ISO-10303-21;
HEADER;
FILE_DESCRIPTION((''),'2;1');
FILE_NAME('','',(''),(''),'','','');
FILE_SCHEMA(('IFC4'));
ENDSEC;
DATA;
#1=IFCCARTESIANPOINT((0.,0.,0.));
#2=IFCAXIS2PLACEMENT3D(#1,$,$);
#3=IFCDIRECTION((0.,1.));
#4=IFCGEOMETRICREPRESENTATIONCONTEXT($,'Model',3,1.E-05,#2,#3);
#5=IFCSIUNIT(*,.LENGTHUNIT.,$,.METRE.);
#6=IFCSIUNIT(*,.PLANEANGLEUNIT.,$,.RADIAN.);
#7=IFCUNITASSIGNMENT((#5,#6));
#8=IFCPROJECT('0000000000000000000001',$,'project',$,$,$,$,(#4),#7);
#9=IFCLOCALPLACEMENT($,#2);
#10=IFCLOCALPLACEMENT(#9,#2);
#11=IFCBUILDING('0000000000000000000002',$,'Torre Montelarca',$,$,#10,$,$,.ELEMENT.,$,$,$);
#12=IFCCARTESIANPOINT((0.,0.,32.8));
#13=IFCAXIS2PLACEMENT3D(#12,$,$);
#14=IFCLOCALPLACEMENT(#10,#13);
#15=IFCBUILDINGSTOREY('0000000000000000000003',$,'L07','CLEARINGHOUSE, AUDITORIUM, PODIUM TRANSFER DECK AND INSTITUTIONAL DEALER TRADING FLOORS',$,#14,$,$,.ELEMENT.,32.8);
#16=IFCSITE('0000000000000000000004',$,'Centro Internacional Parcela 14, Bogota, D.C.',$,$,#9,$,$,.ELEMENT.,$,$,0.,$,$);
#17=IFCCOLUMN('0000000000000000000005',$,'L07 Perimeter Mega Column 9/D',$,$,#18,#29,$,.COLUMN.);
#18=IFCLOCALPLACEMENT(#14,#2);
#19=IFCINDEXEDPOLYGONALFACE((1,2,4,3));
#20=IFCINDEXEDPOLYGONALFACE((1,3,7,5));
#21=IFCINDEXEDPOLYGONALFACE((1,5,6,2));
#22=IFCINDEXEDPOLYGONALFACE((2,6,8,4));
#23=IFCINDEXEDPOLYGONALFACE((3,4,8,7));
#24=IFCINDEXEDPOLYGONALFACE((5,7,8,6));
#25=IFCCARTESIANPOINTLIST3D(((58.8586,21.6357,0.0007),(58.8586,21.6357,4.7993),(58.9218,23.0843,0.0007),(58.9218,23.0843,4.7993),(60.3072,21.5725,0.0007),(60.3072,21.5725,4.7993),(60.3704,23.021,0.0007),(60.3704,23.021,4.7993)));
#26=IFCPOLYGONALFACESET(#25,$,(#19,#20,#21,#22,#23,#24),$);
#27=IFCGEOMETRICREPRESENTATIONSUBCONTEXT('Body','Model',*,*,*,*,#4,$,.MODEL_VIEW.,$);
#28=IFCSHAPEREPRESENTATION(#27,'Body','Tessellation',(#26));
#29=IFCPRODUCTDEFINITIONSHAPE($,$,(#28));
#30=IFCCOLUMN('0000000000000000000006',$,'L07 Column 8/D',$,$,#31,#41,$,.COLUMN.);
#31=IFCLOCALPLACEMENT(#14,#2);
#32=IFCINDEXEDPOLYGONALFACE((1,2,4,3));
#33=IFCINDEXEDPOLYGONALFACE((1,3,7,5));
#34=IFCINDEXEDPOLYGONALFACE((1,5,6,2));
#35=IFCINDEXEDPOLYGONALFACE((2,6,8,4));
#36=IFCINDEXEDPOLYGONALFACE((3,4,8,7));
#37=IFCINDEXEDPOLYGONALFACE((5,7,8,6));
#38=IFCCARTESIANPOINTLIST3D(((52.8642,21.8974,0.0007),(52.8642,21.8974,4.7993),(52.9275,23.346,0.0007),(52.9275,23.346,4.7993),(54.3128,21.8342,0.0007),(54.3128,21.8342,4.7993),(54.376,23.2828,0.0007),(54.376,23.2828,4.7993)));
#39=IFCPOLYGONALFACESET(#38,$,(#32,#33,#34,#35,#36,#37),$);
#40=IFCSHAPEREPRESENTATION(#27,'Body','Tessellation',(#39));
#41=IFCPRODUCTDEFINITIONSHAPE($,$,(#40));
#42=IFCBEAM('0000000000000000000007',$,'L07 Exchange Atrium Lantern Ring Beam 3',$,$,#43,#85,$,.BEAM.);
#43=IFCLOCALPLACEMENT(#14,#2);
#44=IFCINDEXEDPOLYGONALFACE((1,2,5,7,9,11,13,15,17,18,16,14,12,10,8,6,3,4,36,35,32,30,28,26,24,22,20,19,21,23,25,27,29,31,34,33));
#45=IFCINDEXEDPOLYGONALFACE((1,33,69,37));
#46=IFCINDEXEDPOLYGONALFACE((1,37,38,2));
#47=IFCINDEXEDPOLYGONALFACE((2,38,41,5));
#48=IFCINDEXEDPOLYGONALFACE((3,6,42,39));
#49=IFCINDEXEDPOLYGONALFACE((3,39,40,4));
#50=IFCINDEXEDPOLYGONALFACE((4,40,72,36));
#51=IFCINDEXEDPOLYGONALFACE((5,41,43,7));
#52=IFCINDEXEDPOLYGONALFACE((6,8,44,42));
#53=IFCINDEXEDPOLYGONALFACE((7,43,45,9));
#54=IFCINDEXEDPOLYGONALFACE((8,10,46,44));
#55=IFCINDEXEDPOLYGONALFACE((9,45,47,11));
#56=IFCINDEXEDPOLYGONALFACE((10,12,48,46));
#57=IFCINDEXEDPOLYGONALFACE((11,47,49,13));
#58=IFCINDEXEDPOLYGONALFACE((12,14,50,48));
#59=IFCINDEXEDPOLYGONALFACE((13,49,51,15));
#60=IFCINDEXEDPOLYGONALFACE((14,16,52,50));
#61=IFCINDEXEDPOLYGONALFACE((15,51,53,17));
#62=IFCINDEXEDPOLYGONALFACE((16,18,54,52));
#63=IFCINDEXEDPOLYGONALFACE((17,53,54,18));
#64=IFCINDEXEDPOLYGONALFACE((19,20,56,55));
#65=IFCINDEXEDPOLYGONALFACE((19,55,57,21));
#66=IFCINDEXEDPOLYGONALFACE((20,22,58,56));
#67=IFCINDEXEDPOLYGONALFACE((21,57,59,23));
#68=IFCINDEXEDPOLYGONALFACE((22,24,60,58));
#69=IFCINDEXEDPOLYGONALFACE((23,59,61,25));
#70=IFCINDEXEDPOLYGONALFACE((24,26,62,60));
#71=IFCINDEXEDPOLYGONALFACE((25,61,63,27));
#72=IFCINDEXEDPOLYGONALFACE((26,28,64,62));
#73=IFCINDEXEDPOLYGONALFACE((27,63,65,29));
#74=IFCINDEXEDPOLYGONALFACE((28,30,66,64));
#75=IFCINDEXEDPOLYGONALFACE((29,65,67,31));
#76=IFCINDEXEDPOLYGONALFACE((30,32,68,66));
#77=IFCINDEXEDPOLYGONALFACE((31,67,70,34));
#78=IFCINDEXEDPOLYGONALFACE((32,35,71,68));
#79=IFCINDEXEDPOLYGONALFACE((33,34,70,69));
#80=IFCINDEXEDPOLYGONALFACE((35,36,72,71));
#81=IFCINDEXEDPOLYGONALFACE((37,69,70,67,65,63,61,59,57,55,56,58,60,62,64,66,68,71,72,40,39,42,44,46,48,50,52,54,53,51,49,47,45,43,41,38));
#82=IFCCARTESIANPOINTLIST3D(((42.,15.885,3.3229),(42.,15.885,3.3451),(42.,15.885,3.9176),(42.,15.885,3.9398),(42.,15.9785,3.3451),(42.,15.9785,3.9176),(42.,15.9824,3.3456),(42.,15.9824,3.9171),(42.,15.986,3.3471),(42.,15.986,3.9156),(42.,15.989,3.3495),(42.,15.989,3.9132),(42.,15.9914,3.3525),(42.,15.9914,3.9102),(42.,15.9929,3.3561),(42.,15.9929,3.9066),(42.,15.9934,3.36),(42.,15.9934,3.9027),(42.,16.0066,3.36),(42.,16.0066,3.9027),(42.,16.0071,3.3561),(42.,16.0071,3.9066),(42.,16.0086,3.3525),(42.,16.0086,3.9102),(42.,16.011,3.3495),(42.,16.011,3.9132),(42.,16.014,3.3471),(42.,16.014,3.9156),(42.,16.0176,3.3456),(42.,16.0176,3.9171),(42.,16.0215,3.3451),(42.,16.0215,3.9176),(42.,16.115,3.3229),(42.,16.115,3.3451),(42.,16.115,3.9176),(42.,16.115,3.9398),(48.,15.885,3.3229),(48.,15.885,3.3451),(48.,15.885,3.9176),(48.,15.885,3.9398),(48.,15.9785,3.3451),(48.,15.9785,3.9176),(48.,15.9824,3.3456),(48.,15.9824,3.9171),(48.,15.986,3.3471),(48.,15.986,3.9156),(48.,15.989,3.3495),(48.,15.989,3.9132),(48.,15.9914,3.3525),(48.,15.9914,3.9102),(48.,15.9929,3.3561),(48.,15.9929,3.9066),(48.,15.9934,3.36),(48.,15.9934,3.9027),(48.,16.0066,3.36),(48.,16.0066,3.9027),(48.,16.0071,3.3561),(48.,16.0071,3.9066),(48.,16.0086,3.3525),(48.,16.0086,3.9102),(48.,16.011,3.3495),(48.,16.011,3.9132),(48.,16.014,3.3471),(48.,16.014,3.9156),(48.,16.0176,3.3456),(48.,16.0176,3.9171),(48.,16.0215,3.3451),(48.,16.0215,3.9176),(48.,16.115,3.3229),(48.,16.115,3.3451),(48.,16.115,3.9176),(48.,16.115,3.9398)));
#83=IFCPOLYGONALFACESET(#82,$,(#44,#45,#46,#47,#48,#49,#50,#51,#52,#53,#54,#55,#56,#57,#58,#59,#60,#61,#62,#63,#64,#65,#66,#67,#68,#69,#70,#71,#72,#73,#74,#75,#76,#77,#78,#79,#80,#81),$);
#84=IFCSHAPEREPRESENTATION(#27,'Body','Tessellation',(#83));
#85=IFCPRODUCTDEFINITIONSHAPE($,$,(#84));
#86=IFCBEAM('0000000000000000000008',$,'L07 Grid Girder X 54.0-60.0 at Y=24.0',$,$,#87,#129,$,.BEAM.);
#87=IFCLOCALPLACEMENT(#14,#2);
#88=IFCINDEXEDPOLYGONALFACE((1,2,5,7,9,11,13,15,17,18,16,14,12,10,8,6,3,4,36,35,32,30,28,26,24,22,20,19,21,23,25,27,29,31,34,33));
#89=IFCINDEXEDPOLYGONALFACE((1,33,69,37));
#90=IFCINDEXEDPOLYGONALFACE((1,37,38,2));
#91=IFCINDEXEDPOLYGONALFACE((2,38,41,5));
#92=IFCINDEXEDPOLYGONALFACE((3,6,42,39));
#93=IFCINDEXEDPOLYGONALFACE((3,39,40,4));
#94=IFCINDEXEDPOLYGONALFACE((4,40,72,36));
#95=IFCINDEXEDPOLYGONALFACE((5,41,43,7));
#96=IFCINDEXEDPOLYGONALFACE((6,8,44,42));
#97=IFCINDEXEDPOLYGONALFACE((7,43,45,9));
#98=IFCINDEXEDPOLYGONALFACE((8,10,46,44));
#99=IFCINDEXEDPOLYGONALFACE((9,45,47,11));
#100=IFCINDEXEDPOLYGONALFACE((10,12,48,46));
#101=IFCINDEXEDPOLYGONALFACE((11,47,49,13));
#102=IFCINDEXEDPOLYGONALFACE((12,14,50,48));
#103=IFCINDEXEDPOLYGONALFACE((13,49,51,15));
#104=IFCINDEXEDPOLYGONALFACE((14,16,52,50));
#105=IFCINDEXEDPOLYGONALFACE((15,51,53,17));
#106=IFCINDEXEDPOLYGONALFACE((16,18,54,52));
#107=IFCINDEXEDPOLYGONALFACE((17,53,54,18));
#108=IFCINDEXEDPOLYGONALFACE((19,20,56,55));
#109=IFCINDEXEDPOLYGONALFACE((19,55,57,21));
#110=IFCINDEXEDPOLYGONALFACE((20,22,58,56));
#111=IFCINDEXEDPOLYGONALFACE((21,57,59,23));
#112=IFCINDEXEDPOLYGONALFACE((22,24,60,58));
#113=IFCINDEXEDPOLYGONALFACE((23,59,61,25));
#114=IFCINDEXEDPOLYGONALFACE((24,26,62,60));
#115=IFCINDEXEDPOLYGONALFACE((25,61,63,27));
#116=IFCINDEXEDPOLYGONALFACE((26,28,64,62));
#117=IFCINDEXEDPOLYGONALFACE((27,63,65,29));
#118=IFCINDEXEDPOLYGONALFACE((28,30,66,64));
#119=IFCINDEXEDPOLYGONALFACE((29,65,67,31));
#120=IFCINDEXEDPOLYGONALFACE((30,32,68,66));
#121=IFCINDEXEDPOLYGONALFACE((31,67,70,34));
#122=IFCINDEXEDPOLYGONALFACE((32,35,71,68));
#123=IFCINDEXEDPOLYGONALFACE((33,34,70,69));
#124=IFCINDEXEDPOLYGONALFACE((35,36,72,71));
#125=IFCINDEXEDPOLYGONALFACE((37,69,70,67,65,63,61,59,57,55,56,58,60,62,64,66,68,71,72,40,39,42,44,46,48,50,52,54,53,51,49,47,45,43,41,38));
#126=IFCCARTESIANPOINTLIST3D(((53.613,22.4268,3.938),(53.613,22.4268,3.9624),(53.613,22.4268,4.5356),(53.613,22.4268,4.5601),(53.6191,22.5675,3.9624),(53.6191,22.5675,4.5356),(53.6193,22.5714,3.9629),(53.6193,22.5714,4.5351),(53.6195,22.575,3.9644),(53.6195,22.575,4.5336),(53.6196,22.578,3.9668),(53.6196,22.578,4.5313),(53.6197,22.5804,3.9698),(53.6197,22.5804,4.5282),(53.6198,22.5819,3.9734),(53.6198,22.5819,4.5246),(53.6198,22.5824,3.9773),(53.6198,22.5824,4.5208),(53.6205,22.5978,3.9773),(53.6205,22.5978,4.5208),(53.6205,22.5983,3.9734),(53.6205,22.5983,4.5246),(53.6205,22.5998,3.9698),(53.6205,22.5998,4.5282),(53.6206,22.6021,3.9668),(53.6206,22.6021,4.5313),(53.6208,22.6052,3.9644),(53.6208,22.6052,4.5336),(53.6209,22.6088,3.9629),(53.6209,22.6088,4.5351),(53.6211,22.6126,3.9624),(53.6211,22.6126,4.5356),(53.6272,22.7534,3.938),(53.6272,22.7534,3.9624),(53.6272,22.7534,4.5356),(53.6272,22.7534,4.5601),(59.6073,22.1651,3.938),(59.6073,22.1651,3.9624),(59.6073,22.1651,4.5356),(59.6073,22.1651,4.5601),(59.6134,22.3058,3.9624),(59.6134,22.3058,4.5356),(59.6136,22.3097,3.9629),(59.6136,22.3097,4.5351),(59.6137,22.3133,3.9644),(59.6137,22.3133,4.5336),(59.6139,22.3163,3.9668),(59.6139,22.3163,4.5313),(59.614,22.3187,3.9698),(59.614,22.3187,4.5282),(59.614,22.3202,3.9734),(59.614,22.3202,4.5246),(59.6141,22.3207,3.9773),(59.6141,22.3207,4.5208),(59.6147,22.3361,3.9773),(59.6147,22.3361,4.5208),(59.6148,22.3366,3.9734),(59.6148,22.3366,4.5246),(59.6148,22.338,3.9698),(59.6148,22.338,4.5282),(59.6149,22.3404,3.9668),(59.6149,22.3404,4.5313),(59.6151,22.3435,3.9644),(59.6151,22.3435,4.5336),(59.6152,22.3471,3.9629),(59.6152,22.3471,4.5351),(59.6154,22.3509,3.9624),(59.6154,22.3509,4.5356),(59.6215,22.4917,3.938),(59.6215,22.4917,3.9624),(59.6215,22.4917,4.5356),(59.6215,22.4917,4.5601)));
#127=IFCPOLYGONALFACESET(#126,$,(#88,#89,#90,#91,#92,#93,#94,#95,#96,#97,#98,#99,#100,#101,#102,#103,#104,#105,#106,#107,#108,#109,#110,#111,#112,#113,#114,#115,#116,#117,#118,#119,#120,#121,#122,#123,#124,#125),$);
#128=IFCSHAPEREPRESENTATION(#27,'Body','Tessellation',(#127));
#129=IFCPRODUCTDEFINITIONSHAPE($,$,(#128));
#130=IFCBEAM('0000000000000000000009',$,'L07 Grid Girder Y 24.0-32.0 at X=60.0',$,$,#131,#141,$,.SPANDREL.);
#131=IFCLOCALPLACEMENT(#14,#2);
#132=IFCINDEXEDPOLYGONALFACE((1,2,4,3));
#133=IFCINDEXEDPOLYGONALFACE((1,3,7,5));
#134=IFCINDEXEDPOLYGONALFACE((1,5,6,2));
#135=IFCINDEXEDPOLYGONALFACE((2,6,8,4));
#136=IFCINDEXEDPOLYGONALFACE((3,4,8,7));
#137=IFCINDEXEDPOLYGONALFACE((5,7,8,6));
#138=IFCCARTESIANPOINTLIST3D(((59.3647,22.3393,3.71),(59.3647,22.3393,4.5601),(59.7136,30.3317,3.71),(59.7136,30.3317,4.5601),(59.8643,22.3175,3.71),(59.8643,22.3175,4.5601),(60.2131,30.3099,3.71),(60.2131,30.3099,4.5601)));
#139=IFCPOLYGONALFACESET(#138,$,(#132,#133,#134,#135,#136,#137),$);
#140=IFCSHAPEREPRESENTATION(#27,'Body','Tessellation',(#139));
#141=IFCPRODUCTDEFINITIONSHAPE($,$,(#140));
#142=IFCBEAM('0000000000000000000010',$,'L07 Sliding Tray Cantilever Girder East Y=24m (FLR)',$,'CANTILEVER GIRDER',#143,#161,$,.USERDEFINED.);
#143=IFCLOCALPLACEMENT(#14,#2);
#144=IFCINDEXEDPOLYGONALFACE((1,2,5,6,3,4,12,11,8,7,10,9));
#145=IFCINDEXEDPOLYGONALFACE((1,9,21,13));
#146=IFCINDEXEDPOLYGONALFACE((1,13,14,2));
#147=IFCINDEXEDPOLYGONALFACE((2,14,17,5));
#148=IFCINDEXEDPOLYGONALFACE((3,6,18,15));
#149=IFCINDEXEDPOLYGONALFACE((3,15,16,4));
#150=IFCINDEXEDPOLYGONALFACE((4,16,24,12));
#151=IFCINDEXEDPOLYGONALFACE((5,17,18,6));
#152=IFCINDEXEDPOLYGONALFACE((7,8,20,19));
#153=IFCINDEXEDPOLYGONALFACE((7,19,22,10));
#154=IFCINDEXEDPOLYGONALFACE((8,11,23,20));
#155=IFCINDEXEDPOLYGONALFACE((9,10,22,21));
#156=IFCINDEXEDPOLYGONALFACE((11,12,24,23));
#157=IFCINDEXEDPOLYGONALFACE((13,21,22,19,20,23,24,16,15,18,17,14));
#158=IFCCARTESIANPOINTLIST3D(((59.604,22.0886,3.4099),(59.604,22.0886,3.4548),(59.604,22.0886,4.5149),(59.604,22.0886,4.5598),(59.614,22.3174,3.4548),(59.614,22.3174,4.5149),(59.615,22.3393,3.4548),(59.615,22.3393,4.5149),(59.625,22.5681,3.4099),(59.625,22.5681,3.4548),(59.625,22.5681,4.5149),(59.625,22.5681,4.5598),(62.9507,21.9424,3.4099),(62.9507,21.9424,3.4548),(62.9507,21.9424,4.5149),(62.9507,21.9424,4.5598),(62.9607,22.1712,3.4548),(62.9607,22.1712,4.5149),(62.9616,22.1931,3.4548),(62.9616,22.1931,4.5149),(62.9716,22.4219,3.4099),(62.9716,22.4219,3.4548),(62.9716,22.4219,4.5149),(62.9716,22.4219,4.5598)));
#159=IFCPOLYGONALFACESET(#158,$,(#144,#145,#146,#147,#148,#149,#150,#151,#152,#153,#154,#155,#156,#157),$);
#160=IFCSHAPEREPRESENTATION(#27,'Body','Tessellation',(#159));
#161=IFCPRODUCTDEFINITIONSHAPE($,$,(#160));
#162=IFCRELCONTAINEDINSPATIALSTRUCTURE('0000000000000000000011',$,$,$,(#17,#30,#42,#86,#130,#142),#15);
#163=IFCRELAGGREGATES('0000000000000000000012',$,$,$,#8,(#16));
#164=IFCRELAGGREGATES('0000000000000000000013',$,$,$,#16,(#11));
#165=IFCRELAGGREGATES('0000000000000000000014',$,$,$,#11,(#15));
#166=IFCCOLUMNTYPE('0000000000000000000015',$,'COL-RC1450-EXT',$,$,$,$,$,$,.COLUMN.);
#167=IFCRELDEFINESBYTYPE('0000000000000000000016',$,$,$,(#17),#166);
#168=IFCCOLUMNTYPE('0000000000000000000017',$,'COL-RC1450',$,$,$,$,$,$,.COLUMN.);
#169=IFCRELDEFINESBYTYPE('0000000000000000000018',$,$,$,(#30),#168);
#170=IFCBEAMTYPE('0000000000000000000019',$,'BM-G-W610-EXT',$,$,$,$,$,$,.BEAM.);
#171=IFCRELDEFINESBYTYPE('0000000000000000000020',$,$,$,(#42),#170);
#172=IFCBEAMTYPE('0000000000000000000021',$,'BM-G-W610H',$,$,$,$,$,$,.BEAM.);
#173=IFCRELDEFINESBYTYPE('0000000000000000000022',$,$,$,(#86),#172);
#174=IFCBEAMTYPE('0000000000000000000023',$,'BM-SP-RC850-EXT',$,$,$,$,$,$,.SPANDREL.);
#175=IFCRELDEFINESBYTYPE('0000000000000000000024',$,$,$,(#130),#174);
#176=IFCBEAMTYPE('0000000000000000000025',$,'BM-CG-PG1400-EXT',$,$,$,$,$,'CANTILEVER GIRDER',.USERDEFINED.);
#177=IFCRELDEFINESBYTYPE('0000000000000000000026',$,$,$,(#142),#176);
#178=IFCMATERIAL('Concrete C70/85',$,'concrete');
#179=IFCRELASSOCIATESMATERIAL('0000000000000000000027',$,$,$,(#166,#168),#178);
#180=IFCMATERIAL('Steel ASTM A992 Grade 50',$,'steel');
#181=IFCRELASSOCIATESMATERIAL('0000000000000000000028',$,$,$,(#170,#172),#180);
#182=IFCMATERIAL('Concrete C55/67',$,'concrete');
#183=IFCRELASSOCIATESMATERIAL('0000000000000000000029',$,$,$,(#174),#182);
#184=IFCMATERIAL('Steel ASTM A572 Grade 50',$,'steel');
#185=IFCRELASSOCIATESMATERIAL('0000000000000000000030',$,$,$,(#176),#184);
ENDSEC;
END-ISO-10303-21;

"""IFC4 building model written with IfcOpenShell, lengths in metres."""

from ifc_helpers import new_model, si_unit, direction, frame, origin, origin_2d, place, context, subcontext, project, spatial, rectangle, i_section, extrude, source, transform, mapped, material, material_profile, profile_set, type_object, element, save


model = new_model("IFC4")

# Units and contexts
model_context = context("Model", 3, precision=1e-05, world=origin(), true_north=direction((0.0, 1.0)))
body_context = subcontext(model_context, "Body", "Model", "MODEL_VIEW")
ifc_project = project(units=[si_unit("LENGTHUNIT", "METRE"), si_unit("PLANEANGLEUNIT", "RADIAN")], contexts=[model_context])

# Site, building, storey
site_placement = place(None, origin())
site = spatial("IfcSite", under=ifc_project, at=site_placement, Name="Centro Internacional Parcela 14, Bogota, D.C.", CompositionType="ELEMENT", RefElevation=0.0)
building_placement = place(site_placement, origin())
building = spatial("IfcBuilding", under=site, at=building_placement, Name="Torre Montelarca", CompositionType="ELEMENT")
storey_placement = place(building_placement, frame((0.0, 0.0, 32.8)))
storey = spatial("IfcBuildingStorey", under=building, at=storey_placement, Name="L07", Description="CLEARINGHOUSE, AUDITORIUM, PODIUM TRANSFER DECK AND INSTITUTIONAL DEALER TRADING FLOORS", CompositionType="ELEMENT", Elevation=32.8)

# Columns
ifc_material_1 = material(Name="Concrete C70/85", Category="concrete")
ifc_material_profile_1 = material_profile(ifc_material_1, rectangle(XDim=1.45, YDim=1.45, at=origin_2d()), Name="RC1450X1450", Category="concrete")
ifc_profile_set_1 = profile_set([ifc_material_profile_1], Name="Concrete C70/85")
column_type_1 = type_object("IfcColumnType", Name="COL-RC1450-EXT", PredefinedType="COLUMN", material=ifc_profile_set_1)
shared_shape_1 = source(origin(), body_context, "Body", "SweptSolid", [
    extrude(rectangle(XDim=1.45, YDim=1.45, at=origin_2d()), origin(), (0.0, 0.0, 1.0), 4.7986),
])
column_1_placement = place(storey_placement, frame((59.6145, 22.3284, 0.0007), z_axis=(0.0, 0.0, 1.0), x_axis=(-0.999048, 0.043619, 0.0)))
element("IfcColumn", 1, at=column_1_placement, inside=storey, type_object=column_type_1, Name="L07 Perimeter Mega Column 9/D", PredefinedType="COLUMN", context=body_context, shape_type="MappedRepresentation", body=[
    mapped(shared_shape_1, transform((0.0, 0.0, 0.0), scale=1.0)),
])
ifc_material_profile_2 = material_profile(ifc_material_1, rectangle(XDim=1.45, YDim=1.45, at=origin_2d()), Name="RC1450X1450", Category="concrete")
ifc_profile_set_2 = profile_set([ifc_material_profile_2], Name="Concrete C70/85")
column_type_2 = type_object("IfcColumnType", Name="COL-RC1450", PredefinedType="COLUMN", material=ifc_profile_set_2)
shared_shape_2 = source(origin(), body_context, "Body", "SweptSolid", [
    extrude(rectangle(XDim=1.45, YDim=1.45, at=origin_2d()), origin(), (0.0, 0.0, 1.0), 4.7986),
])
column_2_placement = place(storey_placement, frame((53.6201, 22.5901, 0.0007), z_axis=(0.0, 0.0, 1.0), x_axis=(-0.999048, 0.043619, 0.0)))
element("IfcColumn", 2, at=column_2_placement, inside=storey, type_object=column_type_2, Name="L07 Column 8/D", PredefinedType="COLUMN", context=body_context, shape_type="MappedRepresentation", body=[
    mapped(shared_shape_2, transform((0.0, 0.0, 0.0), scale=1.0)),
])

# Beams
ifc_material_2 = material(Name="Steel ASTM A992 Grade 50", Category="steel")
ifc_material_profile_3 = material_profile(ifc_material_2, i_section(OverallWidth=0.23, OverallDepth=0.6169, WebThickness=0.0132, FlangeThickness=0.0222, FilletRadius=0.0149, at=origin_2d()), Name="W610X140", Category="steel")
ifc_profile_set_3 = profile_set([ifc_material_profile_3], Name="Steel ASTM A992 Grade 50")
beam_type_1 = type_object("IfcBeamType", Name="BM-G-W610-EXT", PredefinedType="BEAM", material=ifc_profile_set_3)
shared_shape_3 = source(origin(), body_context, "Body", "SweptSolid", [
    extrude(i_section(OverallWidth=0.23, OverallDepth=0.6169, WebThickness=0.0132, FlangeThickness=0.0222, FilletRadius=0.0149, at=origin_2d()), origin(), (0.0, 0.0, 1.0), 6.0),
])
beam_1_placement = place(storey_placement, frame((48.0, 16.0, 3.6313), z_axis=(-1.0, 0.0, 0.0), x_axis=(0.0, -1.0, 0.0)))
element("IfcBeam", 3, at=beam_1_placement, inside=storey, type_object=beam_type_1, Name="L07 Exchange Atrium Lantern Ring Beam 3", PredefinedType="BEAM", context=body_context, shape_type="MappedRepresentation", body=[
    mapped(shared_shape_3, transform((0.0, 0.0, 0.0), scale=1.0)),
])
ifc_material_profile_4 = material_profile(ifc_material_2, i_section(OverallWidth=0.3269, OverallDepth=0.6221, WebThickness=0.0154, FlangeThickness=0.0244, FilletRadius=0.0149, at=origin_2d()), Name="W610X195", Category="steel")
ifc_profile_set_4 = profile_set([ifc_material_profile_4], Name="Steel ASTM A992 Grade 50")
beam_type_2 = type_object("IfcBeamType", Name="BM-G-W610H", PredefinedType="BEAM", material=ifc_profile_set_4)
shared_shape_4 = source(origin(), body_context, "Body", "SweptSolid", [
    extrude(i_section(OverallWidth=0.3269, OverallDepth=0.6221, WebThickness=0.0154, FlangeThickness=0.0244, FilletRadius=0.0149, at=origin_2d()), origin(), (0.0, 0.0, 1.0), 6.0),
])
beam_2_placement = place(storey_placement, frame((53.6201, 22.5901, 4.249), z_axis=(0.999048, -0.043619, 0.0), x_axis=(0.043619, 0.999048, 0.0)))
element("IfcBeam", 4, at=beam_2_placement, inside=storey, type_object=beam_type_2, Name="L07 Grid Girder X 54.0-60.0 at Y=24.0", PredefinedType="BEAM", context=body_context, shape_type="MappedRepresentation", body=[
    mapped(shared_shape_4, transform((0.0, 0.0, 0.0), scale=1.0)),
])
ifc_material_3 = material(Name="Concrete C55/67", Category="concrete")
ifc_material_profile_5 = material_profile(ifc_material_3, rectangle(XDim=0.5, YDim=0.8501, at=origin_2d()), Name="RCB500X850", Category="concrete")
ifc_profile_set_5 = profile_set([ifc_material_profile_5], Name="Concrete C55/67")
beam_type_3 = type_object("IfcBeamType", Name="BM-SP-RC850-EXT", PredefinedType="SPANDREL", material=ifc_profile_set_5)
shared_shape_5 = source(origin(), body_context, "Body", "SweptSolid", [
    extrude(rectangle(XDim=0.5, YDim=0.8501, at=origin_2d()), origin(), (0.0, 0.0, 1.0), 8.0),
])
beam_3_placement = place(storey_placement, frame((59.6145, 22.3284, 4.135), z_axis=(0.043609, 0.999049, 0.0), x_axis=(-0.999049, 0.043609, 0.0)))
element("IfcBeam", 5, at=beam_3_placement, inside=storey, type_object=beam_type_3, Name="L07 Grid Girder Y 24.0-32.0 at X=60.0", PredefinedType="SPANDREL", context=body_context, shape_type="MappedRepresentation", body=[
    mapped(shared_shape_5, transform((0.0, 0.0, 0.0), scale=1.0)),
])
ifc_material_4 = material(Name="Steel ASTM A572 Grade 50", Category="steel")
ifc_material_profile_6 = material_profile(ifc_material_4, i_section(OverallWidth=0.48, OverallDepth=1.1499, WebThickness=0.022, FlangeThickness=0.0449, at=origin_2d()), Name="PG1150X480X22X45", Category="steel")
ifc_profile_set_6 = profile_set([ifc_material_profile_6], Name="Steel ASTM A572 Grade 50")
beam_type_4 = type_object("IfcBeamType", Name="BM-CG-PG1400-EXT", ElementType="CANTILEVER GIRDER", PredefinedType="USERDEFINED", material=ifc_profile_set_6)
shared_shape_6 = source(origin(), body_context, "Body", "SweptSolid", [
    extrude(i_section(OverallWidth=0.48, OverallDepth=1.1499, WebThickness=0.022, FlangeThickness=0.0449, at=origin_2d()), origin(), (0.0, 0.0, 1.0), 3.3499),
])
beam_4_placement = place(storey_placement, frame((59.6145, 22.3284, 3.9849), z_axis=(0.999047, -0.043655, 0.0), x_axis=(0.043655, 0.999047, 0.0)))
element("IfcBeam", 6, at=beam_4_placement, inside=storey, type_object=beam_type_4, Name="L07 Sliding Tray Cantilever Girder East Y=24m (FLR)", ObjectType="CANTILEVER GIRDER", PredefinedType="USERDEFINED", context=body_context, shape_type="MappedRepresentation", body=[
    mapped(shared_shape_6, transform((0.0, 0.0, 0.0), scale=1.0)),
])

save(model, "model.ifc")
